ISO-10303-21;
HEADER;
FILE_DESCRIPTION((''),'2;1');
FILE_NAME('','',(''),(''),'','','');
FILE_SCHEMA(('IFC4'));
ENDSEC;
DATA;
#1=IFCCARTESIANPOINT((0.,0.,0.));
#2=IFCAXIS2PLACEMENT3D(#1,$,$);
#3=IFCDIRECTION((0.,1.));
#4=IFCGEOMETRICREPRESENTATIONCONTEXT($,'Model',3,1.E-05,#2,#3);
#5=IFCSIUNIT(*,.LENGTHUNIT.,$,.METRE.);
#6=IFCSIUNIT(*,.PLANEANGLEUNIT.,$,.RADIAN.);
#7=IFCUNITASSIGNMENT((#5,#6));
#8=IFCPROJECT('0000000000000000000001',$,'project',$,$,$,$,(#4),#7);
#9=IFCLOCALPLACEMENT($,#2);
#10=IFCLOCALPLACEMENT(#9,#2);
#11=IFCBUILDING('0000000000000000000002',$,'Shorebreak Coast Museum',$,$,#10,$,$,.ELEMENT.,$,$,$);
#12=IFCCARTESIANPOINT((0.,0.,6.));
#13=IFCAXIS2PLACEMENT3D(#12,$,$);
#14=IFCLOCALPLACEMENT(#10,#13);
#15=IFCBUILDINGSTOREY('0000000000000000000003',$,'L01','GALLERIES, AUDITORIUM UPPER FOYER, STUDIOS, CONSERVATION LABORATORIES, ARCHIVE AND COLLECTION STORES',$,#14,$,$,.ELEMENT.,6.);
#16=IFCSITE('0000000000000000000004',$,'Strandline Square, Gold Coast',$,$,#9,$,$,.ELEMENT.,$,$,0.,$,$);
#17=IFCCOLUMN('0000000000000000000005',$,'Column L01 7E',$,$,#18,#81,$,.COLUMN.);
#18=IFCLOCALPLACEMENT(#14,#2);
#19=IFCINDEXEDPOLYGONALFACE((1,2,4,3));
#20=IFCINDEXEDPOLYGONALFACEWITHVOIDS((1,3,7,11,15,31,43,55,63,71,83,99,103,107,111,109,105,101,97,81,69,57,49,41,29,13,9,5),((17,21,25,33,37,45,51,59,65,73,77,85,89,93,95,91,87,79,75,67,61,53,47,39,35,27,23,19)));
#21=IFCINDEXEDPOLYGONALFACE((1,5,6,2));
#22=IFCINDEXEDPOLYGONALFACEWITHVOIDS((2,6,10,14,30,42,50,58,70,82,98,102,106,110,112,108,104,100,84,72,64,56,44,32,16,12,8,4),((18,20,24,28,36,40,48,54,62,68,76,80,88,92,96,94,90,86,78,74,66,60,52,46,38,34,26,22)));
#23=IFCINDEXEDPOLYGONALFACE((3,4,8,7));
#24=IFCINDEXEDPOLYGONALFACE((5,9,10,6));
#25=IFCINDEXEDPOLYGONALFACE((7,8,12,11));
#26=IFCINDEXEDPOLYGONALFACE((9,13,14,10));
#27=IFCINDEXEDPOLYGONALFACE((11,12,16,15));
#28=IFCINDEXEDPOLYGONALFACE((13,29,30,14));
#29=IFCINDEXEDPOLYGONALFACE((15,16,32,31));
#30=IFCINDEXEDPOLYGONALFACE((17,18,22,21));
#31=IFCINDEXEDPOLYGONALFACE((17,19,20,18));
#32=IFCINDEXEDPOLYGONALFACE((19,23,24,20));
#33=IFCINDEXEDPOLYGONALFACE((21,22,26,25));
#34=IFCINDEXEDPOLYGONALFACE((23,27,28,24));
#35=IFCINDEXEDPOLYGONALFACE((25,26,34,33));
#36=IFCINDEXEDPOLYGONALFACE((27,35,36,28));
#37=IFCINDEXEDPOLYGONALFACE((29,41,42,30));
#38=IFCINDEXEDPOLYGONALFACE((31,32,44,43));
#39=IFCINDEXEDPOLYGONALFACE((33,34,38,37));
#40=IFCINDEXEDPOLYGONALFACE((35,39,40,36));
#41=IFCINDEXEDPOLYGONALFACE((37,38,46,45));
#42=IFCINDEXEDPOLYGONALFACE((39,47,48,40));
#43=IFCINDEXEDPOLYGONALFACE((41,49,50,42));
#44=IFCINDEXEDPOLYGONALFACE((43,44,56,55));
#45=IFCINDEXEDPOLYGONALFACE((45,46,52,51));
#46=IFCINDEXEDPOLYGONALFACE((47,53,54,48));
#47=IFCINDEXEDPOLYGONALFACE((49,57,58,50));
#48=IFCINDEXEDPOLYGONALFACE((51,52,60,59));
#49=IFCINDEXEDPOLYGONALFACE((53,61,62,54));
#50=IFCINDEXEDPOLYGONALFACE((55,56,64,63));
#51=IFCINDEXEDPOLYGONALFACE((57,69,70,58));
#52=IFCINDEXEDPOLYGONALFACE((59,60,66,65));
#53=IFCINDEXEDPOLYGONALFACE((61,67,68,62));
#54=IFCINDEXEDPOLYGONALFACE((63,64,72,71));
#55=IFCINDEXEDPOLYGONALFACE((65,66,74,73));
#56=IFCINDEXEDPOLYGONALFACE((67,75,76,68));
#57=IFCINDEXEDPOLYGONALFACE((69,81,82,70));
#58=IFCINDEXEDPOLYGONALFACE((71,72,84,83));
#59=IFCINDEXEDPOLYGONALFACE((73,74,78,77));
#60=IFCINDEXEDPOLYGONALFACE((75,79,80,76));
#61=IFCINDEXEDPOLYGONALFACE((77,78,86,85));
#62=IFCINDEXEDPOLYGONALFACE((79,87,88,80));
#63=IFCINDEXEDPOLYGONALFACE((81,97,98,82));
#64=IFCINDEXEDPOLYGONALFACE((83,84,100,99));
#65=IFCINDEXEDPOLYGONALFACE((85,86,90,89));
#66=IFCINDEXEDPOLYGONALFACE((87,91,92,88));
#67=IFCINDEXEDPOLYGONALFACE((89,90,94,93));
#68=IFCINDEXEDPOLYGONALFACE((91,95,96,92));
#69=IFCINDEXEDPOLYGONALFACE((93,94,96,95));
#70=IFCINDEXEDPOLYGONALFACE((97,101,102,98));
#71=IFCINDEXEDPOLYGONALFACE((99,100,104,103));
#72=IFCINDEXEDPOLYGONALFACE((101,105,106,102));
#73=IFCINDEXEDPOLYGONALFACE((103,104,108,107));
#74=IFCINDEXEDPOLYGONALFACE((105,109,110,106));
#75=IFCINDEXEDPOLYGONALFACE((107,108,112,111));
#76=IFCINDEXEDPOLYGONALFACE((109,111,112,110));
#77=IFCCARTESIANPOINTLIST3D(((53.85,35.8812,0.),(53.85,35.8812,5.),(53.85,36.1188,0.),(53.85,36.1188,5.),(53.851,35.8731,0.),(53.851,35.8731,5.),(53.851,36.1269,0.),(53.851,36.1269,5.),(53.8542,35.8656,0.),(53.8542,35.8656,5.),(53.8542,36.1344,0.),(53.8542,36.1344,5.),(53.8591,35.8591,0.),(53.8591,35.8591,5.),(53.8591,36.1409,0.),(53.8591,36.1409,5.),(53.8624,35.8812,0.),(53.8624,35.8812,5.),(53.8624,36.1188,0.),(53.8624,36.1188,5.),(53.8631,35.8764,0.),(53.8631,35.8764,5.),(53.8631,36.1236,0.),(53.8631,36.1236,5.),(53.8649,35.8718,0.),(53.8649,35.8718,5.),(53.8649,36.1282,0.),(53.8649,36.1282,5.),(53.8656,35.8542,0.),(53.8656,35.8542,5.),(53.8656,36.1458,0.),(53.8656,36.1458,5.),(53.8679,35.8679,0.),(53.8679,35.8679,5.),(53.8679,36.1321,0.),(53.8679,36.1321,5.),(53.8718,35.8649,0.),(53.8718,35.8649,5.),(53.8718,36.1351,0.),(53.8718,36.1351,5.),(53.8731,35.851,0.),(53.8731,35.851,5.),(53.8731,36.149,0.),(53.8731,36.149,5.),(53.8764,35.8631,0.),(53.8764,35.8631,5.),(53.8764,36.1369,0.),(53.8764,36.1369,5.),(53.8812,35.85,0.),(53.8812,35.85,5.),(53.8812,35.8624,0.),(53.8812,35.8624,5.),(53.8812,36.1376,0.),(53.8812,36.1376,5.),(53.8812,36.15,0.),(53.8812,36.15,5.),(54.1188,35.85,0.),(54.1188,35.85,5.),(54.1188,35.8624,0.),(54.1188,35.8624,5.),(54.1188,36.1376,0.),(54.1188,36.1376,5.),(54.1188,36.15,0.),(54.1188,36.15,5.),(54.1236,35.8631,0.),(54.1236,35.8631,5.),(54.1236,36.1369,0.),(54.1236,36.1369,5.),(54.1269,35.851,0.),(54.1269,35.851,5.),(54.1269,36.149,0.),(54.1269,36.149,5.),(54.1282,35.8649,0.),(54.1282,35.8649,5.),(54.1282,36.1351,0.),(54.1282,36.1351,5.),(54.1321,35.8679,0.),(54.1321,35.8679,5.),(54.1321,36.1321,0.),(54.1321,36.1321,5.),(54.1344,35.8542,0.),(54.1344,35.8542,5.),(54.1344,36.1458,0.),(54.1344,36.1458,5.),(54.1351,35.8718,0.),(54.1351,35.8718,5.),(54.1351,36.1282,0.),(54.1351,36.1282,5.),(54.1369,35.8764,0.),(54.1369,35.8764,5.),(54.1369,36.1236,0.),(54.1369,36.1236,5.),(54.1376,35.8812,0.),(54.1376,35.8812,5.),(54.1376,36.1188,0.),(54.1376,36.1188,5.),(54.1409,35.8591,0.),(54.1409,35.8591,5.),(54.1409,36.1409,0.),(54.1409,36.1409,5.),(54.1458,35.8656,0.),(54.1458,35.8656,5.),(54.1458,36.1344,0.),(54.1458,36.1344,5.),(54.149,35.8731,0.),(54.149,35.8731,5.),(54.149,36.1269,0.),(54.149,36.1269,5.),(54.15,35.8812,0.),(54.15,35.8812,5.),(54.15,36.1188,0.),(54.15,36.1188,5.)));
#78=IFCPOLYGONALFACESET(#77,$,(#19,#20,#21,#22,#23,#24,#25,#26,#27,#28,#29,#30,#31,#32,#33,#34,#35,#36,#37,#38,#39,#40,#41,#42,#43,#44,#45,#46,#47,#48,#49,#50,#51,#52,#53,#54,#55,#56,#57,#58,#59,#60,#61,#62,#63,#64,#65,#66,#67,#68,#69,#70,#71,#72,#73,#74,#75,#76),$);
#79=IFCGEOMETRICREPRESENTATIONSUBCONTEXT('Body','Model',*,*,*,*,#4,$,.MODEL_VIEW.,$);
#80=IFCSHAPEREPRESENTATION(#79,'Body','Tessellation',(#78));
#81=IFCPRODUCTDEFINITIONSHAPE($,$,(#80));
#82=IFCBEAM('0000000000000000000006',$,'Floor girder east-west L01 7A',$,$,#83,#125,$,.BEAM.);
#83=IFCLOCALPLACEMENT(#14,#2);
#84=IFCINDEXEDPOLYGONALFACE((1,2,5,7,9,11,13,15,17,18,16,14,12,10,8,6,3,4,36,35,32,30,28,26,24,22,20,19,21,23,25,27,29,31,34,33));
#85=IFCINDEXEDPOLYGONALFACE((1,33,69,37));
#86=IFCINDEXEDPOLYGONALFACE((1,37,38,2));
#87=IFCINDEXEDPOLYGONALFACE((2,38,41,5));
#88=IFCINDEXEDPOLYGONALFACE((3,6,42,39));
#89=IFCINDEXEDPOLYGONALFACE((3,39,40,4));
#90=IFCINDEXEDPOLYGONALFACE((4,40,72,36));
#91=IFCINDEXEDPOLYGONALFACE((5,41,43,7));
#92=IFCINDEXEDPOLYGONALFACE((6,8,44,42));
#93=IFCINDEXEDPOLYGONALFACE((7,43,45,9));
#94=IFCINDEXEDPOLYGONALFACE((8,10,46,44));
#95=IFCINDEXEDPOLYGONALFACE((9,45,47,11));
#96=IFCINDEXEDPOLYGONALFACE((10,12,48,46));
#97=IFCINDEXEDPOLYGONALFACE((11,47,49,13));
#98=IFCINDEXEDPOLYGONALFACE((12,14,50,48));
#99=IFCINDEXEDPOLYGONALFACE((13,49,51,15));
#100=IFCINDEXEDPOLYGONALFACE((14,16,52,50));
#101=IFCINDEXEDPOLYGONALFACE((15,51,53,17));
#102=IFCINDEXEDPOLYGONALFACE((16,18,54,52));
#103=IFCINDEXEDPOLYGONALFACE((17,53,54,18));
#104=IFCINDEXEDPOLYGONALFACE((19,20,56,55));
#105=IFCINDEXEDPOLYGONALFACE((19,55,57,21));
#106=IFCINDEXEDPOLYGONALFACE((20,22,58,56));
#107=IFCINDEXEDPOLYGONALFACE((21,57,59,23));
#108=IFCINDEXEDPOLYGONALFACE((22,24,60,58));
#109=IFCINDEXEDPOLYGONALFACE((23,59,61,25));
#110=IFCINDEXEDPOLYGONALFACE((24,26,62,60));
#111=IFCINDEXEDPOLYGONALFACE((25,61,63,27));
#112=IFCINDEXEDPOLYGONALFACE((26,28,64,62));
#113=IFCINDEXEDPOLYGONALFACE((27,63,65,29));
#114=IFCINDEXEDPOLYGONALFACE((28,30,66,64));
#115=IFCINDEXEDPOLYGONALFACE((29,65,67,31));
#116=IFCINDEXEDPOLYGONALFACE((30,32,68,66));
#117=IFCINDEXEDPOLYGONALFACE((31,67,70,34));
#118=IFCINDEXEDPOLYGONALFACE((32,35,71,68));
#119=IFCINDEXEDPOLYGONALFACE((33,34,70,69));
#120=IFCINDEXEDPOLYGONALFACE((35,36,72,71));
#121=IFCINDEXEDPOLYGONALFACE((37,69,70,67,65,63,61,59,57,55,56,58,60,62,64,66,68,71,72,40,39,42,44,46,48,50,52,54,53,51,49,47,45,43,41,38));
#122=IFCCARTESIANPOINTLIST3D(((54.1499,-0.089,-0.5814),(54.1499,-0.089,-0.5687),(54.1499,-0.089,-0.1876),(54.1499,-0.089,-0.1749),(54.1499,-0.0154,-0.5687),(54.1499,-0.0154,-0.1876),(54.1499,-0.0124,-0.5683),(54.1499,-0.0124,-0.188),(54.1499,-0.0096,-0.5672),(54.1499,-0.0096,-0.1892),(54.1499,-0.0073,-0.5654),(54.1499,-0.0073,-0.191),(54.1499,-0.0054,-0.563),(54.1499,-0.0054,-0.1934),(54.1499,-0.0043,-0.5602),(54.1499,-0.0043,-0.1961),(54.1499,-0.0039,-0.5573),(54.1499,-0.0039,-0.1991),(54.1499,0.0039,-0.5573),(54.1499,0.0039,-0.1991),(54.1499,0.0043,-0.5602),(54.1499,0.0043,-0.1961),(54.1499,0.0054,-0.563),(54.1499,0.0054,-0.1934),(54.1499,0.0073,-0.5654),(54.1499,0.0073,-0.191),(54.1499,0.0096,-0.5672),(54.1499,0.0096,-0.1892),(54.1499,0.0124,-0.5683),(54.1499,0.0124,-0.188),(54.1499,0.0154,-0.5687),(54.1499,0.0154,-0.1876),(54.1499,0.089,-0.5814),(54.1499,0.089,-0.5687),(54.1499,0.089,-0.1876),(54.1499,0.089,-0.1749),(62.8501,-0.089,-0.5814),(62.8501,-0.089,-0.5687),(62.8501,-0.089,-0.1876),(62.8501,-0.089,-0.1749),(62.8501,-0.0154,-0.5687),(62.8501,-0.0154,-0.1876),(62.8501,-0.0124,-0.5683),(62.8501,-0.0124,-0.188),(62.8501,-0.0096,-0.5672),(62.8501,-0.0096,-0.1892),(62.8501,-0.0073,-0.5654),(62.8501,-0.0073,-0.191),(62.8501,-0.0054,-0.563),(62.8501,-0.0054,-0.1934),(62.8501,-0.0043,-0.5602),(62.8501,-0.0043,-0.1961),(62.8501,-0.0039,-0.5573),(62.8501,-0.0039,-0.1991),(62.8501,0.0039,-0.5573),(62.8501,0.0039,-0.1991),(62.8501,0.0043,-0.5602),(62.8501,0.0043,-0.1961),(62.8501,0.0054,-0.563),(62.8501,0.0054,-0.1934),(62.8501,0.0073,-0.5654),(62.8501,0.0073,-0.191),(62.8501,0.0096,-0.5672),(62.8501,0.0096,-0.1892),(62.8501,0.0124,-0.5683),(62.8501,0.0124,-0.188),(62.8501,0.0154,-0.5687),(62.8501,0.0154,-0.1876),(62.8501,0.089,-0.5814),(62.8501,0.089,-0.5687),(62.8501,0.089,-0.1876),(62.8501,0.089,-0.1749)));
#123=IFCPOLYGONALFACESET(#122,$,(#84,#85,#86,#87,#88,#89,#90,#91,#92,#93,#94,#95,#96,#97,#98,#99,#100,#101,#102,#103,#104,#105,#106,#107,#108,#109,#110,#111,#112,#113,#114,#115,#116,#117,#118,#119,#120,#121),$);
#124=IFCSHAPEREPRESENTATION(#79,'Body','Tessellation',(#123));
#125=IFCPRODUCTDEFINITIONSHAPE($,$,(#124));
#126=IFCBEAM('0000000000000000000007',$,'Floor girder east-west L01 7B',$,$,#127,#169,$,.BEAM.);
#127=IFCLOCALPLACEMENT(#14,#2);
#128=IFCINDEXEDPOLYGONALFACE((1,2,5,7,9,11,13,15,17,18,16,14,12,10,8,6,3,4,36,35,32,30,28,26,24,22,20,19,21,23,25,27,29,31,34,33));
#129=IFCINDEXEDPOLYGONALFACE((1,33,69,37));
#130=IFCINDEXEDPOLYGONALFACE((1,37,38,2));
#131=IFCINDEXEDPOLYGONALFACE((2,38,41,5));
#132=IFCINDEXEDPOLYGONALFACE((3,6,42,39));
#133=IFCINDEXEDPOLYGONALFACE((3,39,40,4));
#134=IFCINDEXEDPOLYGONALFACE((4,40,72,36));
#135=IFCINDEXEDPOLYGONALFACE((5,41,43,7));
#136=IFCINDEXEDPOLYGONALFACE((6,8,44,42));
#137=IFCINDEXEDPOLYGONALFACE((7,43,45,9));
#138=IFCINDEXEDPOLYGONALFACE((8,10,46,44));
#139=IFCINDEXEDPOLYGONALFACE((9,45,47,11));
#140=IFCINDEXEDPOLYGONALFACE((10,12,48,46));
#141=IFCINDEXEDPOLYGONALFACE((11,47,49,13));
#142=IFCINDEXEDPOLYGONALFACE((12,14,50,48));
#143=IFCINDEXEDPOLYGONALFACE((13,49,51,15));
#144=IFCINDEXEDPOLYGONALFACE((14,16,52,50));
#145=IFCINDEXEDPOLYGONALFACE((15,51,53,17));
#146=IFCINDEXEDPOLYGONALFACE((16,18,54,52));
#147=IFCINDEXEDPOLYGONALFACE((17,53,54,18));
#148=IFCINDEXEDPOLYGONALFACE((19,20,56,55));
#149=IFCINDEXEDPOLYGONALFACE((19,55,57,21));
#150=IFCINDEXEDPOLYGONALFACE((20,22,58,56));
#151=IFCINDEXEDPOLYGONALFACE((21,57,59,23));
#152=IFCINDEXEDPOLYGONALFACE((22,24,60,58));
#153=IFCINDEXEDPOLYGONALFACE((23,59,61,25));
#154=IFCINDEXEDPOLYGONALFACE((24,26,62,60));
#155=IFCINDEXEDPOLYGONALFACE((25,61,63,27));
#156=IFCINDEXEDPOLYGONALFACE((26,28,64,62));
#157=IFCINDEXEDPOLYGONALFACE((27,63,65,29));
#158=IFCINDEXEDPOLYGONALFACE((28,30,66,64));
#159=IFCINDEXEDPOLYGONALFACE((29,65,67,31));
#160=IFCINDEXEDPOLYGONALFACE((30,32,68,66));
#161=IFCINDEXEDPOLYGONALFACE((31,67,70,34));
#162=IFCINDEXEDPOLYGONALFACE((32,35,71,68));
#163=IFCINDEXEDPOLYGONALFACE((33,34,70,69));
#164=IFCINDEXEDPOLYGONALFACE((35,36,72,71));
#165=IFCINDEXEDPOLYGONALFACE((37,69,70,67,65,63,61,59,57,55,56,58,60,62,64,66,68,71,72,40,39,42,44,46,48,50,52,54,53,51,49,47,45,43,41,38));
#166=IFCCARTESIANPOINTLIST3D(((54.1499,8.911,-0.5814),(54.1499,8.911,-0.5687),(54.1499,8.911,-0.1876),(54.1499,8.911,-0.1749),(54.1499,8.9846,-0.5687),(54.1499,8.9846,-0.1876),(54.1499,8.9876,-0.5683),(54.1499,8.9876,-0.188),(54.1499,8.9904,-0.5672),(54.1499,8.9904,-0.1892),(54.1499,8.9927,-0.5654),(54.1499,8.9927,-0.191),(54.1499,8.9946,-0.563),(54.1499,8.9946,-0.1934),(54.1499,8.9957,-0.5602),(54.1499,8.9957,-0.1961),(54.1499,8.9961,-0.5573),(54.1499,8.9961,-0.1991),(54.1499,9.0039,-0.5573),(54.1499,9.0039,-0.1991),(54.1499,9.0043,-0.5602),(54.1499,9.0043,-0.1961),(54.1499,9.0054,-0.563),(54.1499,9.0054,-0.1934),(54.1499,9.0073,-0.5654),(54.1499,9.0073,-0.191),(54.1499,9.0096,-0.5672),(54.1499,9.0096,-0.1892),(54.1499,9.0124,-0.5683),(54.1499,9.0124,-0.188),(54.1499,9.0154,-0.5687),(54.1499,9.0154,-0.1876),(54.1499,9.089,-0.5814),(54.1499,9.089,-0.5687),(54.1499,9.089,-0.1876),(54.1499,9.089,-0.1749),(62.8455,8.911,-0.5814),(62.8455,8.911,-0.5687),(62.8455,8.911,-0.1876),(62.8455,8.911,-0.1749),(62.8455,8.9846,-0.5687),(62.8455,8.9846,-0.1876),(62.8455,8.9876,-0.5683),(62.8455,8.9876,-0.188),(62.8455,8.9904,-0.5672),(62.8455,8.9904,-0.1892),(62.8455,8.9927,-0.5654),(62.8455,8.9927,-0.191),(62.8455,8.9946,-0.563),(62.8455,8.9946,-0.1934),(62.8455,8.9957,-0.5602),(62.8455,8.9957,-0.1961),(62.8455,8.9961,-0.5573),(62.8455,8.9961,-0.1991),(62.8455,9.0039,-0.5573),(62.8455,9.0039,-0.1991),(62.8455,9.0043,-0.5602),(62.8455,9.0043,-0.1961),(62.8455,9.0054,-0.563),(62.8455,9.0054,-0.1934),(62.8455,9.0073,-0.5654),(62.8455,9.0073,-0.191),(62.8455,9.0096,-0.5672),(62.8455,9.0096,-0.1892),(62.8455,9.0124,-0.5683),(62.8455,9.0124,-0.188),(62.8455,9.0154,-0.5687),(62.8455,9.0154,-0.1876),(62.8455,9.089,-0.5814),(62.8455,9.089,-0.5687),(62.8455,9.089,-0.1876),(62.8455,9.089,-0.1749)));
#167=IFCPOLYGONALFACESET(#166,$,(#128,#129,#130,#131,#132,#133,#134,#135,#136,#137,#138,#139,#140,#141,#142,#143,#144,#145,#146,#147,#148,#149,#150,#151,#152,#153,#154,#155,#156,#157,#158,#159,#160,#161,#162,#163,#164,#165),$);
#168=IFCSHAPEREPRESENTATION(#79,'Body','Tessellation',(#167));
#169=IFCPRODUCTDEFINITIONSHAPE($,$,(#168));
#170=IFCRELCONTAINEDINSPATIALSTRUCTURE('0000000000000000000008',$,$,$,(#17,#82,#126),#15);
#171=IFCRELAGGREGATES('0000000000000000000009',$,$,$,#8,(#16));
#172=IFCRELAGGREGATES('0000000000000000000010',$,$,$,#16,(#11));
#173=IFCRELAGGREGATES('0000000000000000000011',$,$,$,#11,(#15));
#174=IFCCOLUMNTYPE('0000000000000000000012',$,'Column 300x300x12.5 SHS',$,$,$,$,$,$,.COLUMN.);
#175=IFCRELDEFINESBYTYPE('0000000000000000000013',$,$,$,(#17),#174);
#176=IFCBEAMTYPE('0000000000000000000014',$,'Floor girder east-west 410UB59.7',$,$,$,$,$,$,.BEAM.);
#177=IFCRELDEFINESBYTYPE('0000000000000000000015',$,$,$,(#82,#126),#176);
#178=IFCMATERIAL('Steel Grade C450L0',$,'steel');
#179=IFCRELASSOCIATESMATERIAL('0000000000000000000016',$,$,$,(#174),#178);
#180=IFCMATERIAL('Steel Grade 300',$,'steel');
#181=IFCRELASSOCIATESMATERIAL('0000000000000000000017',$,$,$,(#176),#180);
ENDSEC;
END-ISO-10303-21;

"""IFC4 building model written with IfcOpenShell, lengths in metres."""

from ifc_helpers import new_model, si_unit, direction, frame, origin, origin_2d, place, context, subcontext, project, spatial, hollow_rectangle, i_section, extrude, material, material_profile, profile_set, type_object, element, save


model = new_model("IFC4")

# Units and contexts
model_context = context("Model", 3, precision=1e-05, world=origin(), true_north=direction((0.0, 1.0)))
body_context = subcontext(model_context, "Body", "Model", "MODEL_VIEW")
ifc_project = project(units=[si_unit("LENGTHUNIT", "METRE"), si_unit("PLANEANGLEUNIT", "RADIAN")], contexts=[model_context])

# Site, building, storey
site_placement = place(None, origin())
site = spatial("IfcSite", under=ifc_project, at=site_placement, Name="Strandline Square, Gold Coast", CompositionType="ELEMENT", RefElevation=0.0)
building_placement = place(site_placement, origin())
building = spatial("IfcBuilding", under=site, at=building_placement, Name="Shorebreak Coast Museum", CompositionType="ELEMENT")
storey_placement = place(building_placement, frame((0.0, 0.0, 6.0)))
storey = spatial("IfcBuildingStorey", under=building, at=storey_placement, Name="L01", Description="GALLERIES, AUDITORIUM UPPER FOYER, STUDIOS, CONSERVATION LABORATORIES, ARCHIVE AND COLLECTION STORES", CompositionType="ELEMENT", Elevation=6.0)

# Column
ifc_material_1 = material(Name="Steel Grade C450L0", Category="steel")
ifc_material_profile_1 = material_profile(ifc_material_1, hollow_rectangle(XDim=0.3, YDim=0.3, WallThickness=0.0125, InnerFilletRadius=0.0188, OuterFilletRadius=0.0312, at=origin_2d()), Name="300x300x12.5 SHS")
ifc_profile_set_1 = profile_set([ifc_material_profile_1], Name="Steel Grade C450L0")
column_type = type_object("IfcColumnType", Name="Column 300x300x12.5 SHS", PredefinedType="COLUMN", material=ifc_profile_set_1)
column_placement = place(storey_placement, frame((54.0, 36.0, 0.0), z_axis=(0.0, 0.0, 1.0), x_axis=(1.0, 0.0, 0.0)))
element("IfcColumn", 1, at=column_placement, inside=storey, type_object=column_type, Name="Column L01 7E", PredefinedType="COLUMN", context=body_context, shape_type="SweptSolid", body=[
    extrude(hollow_rectangle(XDim=0.3, YDim=0.3, WallThickness=0.0125, InnerFilletRadius=0.0188, OuterFilletRadius=0.0312, at=origin_2d()), origin(), (0.0, 0.0, 1.0), 5.0),
])

# Beams
ifc_material_2 = material(Name="Steel Grade 300", Category="steel")
ifc_material_profile_2 = material_profile(ifc_material_2, i_section(OverallWidth=0.178, OverallDepth=0.4065, WebThickness=0.0078, FlangeThickness=0.0127, FilletRadius=0.0115, at=origin_2d()), Name="410UB59.7")
ifc_profile_set_2 = profile_set([ifc_material_profile_2], Name="Steel Grade 300")
beam_type_1 = type_object("IfcBeamType", Name="Floor girder east-west 410UB59.7", PredefinedType="BEAM", material=ifc_profile_set_2)
beam_1_placement = place(storey_placement, frame((54.1499, 0.0, -0.3782), z_axis=(1.0, 0.0, 0.0), x_axis=(0.0, 1.0, 0.0)))
element("IfcBeam", 2, at=beam_1_placement, inside=storey, type_object=beam_type_1, Name="Floor girder east-west L01 7A", PredefinedType="BEAM", context=body_context, shape_type="SweptSolid", body=[
    extrude(i_section(OverallWidth=0.178, OverallDepth=0.4065, WebThickness=0.0078, FlangeThickness=0.0127, FilletRadius=0.0115, at=origin_2d()), origin(), (0.0, 0.0, 1.0), 8.7002),
])
for number, where, z_axis, x_axis, name in (
    (3, (54.1499, 9.0, -0.3782), (1.0, 0.0, 0.0), (0.0, 1.0, 0.0), "Floor girder east-west L01 7B"),
):
    element("IfcBeam", number, at=place(storey_placement, frame(where, z_axis=z_axis, x_axis=x_axis)), inside=storey, type_object=beam_type_1, Name=name, PredefinedType="BEAM", context=body_context, shape_type="SweptSolid", body=[
        extrude(i_section(OverallWidth=0.178, OverallDepth=0.4065, WebThickness=0.0078, FlangeThickness=0.0127, FilletRadius=0.0115, at=origin_2d()), origin(), (0.0, 0.0, 1.0), 8.6956),
    ])

save(model, "model.ifc")
